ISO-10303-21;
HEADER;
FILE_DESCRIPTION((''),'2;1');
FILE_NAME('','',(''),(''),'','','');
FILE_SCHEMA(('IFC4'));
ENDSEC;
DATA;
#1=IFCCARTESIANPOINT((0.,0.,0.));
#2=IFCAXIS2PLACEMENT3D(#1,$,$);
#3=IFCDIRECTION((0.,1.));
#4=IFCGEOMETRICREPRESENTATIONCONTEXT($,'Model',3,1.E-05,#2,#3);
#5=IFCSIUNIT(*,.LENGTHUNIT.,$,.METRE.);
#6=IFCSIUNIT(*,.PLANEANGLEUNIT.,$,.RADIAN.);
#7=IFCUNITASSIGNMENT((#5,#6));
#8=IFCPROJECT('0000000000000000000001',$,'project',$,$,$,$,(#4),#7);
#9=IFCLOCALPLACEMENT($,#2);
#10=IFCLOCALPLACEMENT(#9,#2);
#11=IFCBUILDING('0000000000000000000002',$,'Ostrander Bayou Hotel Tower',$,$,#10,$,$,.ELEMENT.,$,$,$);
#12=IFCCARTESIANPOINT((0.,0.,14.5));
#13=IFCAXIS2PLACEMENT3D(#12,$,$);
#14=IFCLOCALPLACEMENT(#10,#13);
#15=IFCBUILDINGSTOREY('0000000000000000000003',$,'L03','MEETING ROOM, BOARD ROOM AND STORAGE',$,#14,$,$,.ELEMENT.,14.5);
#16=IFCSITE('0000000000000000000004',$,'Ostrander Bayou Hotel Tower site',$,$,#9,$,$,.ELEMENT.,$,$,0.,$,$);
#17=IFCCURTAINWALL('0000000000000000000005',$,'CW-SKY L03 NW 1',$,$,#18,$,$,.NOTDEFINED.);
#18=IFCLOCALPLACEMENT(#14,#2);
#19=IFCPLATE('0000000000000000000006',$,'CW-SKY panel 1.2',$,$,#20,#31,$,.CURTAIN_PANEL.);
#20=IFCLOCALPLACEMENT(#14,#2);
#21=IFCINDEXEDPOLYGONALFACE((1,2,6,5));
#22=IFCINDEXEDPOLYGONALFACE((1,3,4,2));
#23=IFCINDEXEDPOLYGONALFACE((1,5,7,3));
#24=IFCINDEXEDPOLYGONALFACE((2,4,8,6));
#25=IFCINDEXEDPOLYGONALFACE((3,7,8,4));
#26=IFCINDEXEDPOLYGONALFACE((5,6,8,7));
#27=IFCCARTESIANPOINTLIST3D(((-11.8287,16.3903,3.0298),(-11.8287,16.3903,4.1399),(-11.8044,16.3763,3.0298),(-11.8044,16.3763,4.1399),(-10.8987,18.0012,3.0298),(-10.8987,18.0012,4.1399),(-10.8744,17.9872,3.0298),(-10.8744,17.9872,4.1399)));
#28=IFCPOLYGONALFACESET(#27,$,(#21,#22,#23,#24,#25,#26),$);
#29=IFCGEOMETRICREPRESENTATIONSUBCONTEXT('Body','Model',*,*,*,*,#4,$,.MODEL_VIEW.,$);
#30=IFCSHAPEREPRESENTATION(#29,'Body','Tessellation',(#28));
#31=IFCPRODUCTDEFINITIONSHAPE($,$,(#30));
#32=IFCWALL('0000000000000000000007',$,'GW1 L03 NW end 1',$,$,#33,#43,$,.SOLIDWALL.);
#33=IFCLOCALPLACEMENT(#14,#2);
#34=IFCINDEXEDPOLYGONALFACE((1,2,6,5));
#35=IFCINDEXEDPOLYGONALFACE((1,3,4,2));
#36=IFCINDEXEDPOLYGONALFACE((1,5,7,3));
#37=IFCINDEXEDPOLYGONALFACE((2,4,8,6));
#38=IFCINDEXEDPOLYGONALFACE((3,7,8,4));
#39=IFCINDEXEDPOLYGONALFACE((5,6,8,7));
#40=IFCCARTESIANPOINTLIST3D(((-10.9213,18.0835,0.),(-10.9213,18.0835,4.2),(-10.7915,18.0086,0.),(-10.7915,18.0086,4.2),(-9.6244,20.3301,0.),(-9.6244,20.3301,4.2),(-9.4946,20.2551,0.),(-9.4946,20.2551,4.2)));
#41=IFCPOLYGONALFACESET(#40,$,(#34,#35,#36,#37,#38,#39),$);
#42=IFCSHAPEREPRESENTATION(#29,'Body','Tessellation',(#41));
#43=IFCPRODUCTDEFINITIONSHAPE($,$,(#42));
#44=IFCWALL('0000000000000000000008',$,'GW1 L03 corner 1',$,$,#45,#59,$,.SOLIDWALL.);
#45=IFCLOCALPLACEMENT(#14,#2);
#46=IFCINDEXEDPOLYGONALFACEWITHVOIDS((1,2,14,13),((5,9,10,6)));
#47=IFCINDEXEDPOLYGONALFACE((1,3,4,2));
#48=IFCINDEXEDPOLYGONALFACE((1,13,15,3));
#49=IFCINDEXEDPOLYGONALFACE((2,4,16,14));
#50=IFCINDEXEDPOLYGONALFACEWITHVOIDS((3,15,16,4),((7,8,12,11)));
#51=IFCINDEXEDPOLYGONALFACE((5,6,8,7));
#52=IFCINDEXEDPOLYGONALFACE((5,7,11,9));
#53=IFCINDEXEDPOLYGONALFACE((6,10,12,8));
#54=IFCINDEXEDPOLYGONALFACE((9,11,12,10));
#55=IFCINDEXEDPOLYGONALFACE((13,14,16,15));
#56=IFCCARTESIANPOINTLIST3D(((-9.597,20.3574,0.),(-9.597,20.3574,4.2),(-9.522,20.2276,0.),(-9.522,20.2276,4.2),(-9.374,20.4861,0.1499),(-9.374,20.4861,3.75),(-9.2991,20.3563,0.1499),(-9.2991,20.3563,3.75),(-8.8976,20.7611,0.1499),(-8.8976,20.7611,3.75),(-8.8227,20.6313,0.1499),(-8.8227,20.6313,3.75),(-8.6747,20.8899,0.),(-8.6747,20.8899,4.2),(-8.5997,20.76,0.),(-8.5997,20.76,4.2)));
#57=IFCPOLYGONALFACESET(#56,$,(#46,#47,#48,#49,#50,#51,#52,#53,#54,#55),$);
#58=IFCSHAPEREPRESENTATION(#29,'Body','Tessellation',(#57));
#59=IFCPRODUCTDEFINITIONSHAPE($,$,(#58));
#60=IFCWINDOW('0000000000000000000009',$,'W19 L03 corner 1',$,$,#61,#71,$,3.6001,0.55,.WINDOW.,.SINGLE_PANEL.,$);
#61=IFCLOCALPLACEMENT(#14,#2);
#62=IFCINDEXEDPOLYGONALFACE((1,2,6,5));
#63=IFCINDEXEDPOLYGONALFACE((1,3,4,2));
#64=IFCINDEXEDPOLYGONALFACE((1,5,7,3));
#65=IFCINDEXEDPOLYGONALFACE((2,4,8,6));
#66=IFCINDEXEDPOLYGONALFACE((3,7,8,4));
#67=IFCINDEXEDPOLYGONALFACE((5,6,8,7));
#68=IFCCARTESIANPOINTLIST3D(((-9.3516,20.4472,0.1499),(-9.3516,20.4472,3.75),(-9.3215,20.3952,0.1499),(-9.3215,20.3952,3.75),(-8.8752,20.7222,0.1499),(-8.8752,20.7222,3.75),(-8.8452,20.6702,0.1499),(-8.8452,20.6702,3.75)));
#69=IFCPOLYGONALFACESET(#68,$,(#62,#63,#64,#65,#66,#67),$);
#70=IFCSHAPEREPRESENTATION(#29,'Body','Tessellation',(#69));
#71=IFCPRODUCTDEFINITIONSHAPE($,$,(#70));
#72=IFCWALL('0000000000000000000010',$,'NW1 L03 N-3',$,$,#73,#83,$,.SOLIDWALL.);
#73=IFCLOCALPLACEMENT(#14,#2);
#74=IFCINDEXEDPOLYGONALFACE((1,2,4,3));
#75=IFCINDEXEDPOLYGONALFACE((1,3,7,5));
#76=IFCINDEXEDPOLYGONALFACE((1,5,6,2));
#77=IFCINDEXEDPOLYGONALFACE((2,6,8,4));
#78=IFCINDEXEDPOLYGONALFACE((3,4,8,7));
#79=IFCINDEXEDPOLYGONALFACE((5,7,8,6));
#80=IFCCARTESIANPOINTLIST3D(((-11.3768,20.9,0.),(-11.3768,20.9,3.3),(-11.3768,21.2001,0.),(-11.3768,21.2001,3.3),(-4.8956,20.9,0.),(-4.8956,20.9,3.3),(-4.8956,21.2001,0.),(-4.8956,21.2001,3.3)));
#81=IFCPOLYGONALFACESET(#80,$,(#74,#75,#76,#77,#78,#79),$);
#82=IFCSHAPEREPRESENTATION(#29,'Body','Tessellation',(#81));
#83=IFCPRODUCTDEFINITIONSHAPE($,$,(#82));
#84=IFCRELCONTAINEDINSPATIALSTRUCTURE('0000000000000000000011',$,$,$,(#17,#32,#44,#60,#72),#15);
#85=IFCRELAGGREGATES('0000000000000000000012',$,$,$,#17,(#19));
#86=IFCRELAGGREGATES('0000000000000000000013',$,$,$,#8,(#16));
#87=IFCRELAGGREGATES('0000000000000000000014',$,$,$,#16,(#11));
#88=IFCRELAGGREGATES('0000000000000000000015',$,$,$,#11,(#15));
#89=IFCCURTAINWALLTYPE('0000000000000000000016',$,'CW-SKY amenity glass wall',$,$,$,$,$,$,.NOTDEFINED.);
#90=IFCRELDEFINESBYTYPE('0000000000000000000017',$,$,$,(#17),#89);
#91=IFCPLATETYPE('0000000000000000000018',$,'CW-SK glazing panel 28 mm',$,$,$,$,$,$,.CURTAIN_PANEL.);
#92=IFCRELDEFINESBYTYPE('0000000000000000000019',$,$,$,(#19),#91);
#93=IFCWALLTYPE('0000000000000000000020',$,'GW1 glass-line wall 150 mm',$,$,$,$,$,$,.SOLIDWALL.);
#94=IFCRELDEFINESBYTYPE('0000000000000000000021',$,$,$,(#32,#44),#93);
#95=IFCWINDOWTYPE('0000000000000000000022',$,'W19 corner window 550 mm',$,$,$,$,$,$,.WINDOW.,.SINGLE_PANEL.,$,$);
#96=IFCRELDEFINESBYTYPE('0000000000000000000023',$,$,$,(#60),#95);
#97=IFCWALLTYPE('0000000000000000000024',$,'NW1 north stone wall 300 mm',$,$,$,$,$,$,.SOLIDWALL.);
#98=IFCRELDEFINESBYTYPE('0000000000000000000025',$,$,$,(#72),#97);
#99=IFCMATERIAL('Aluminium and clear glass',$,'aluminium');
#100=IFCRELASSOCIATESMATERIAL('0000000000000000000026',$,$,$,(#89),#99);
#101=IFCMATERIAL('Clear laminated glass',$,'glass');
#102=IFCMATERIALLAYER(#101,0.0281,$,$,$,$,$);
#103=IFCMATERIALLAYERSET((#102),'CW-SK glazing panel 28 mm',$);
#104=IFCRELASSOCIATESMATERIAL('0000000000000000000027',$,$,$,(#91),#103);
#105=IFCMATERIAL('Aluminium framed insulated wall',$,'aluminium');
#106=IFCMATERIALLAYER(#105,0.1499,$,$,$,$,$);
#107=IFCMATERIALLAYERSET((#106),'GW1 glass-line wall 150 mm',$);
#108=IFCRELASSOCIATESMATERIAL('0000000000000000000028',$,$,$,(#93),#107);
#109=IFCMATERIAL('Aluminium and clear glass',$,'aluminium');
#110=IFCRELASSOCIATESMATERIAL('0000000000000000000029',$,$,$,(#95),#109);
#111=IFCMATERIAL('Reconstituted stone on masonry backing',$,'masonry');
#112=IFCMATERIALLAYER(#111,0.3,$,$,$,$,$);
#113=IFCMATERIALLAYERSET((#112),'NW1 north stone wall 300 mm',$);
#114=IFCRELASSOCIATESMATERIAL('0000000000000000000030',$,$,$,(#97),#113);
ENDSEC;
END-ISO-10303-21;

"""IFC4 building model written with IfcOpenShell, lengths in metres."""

from ifc_helpers import new_model, si_unit, direction, frame, frame_2d, origin, origin_2d, place, context, subcontext, project, spatial, rectangle, extrude, material, layer, layer_set, type_object, element, fill, aggregate, save


model = new_model("IFC4")

# Units and contexts
model_context = context("Model", 3, precision=1e-05, world=origin(), true_north=direction((0.0, 1.0)))
body_context = subcontext(model_context, "Body", "Model", "MODEL_VIEW")
ifc_project = project(units=[si_unit("LENGTHUNIT", "METRE"), si_unit("PLANEANGLEUNIT", "RADIAN")], contexts=[model_context])

# Site, building, storey
site_placement = place(None, origin())
site = spatial("IfcSite", under=ifc_project, at=site_placement, Name="Ostrander Bayou Hotel Tower site", CompositionType="ELEMENT", RefElevation=0.0)
building_placement = place(site_placement, origin())
building = spatial("IfcBuilding", under=site, at=building_placement, Name="Ostrander Bayou Hotel Tower", CompositionType="ELEMENT")
storey_placement = place(building_placement, frame((0.0, 0.0, 14.5)))
storey = spatial("IfcBuildingStorey", under=building, at=storey_placement, Name="L03", Description="MEETING ROOM, BOARD ROOM AND STORAGE", CompositionType="ELEMENT", Elevation=14.5)

# Curtain wall
ifc_material_1 = material(Name="Aluminium and clear glass", Category="aluminium")
curtain_wall_type = type_object("IfcCurtainWallType", Name="CW-SKY amenity glass wall", PredefinedType="NOTDEFINED", material=ifc_material_1)
curtain_wall_placement = place(storey_placement, origin())
curtain_wall = element("IfcCurtainWall", 1, at=curtain_wall_placement, inside=storey, type_object=curtain_wall_type, Name="CW-SKY L03 NW 1", PredefinedType="NOTDEFINED")

# Plate
ifc_material_2 = material(Name="Clear laminated glass", Category="glass")
ifc_layer_1 = layer(ifc_material_2, 0.0281)
ifc_layer_set_1 = layer_set([ifc_layer_1], Name="CW-SK glazing panel 28 mm")
plate_type = type_object("IfcPlateType", Name="CW-SK glazing panel 28 mm", PredefinedType="CURTAIN_PANEL", material=ifc_layer_set_1)
plate_1_placement = place(storey_placement, frame((-11.3516, 17.1887, 3.0298), z_axis=(0.0, 0.0, 1.0), x_axis=(-0.5, -0.866025, 0.0)))
plate_1 = element("IfcPlate", 2, at=plate_1_placement, type_object=plate_type, Name="CW-SKY panel 1.2", PredefinedType="CURTAIN_PANEL", context=body_context, shape_type="SweptSolid", body=[
    extrude(rectangle(XDim=1.8601, YDim=0.0281, at=origin_2d()), origin(), (0.0, 0.0, 1.0), 1.1101),
])
aggregate(curtain_wall, [plate_1])

# Wall
ifc_material_3 = material(Name="Aluminium framed insulated wall", Category="aluminium")
ifc_layer_2 = layer(ifc_material_3, 0.1499)
ifc_layer_set_2 = layer_set([ifc_layer_2], Name="GW1 glass-line wall 150 mm")
wall_type_1 = type_object("IfcWallType", Name="GW1 glass-line wall 150 mm", PredefinedType="SOLIDWALL", material=ifc_layer_set_2)
wall_1_placement = place(storey_placement, frame((-9.5596, 20.2925, 0.0), z_axis=(0.0, 0.0, 1.0), x_axis=(-0.499945, -0.866057, 0.0)))
element("IfcWall", 3, at=wall_1_placement, inside=storey, type_object=wall_type_1, Name="GW1 L03 NW end 1", PredefinedType="SOLIDWALL", context=body_context, shape_type="SweptSolid", body=[
    extrude(rectangle(XDim=2.594, YDim=0.1499, at=frame_2d((1.2969, 0.0))), origin(), (0.0, 0.0, 1.0), 4.2),
])

# Wall, opening, window
wall_2_placement = place(storey_placement, frame((-8.6372, 20.825, 0.0), z_axis=(0.0, 0.0, 1.0), x_axis=(-0.866048, -0.499961, 0.0)))
wall_2 = element("IfcWall", 4, at=wall_2_placement, inside=storey, type_object=wall_type_1, Name="GW1 L03 corner 1", PredefinedType="SOLIDWALL", context=body_context, shape_type="SweptSolid", body=[
    extrude(rectangle(XDim=1.0649, YDim=0.1499, at=frame_2d((0.5325, 0.0))), origin(), (0.0, 0.0, 1.0), 4.2),
])
opening_placement = place(wall_2_placement, frame((0.2576, 0.0, 0.1499)))
opening = element("IfcOpeningElement", 5, at=opening_placement, cuts=wall_2, PredefinedType="OPENING", context=body_context, shape_type="SweptSolid", body=[
    extrude(rectangle(XDim=0.55, YDim=3.6001, at=frame_2d((0.2749, 1.8))), frame((0.0, 0.075, 0.0), z_axis=(0.0, -1.0, 0.0), x_axis=(1.0, 0.0, 0.0)), (0.0, 0.0, 1.0), 0.1499),
])
ifc_material_4 = material(Name="Aluminium and clear glass", Category="aluminium")
window_type = type_object("IfcWindowType", Name="W19 corner window 550 mm", PartitioningType="SINGLE_PANEL", PredefinedType="WINDOW", material=ifc_material_4)
window_placement = place(opening_placement, origin())
window = element("IfcWindow", 6, at=window_placement, inside=storey, type_object=window_type, Name="W19 L03 corner 1", OverallHeight=3.6001, OverallWidth=0.55, PartitioningType="SINGLE_PANEL", PredefinedType="WINDOW", context=body_context, shape_type="SweptSolid", body=[
    extrude(rectangle(XDim=0.55, YDim=3.6001, at=frame_2d((0.2749, 1.8))), frame((0.0, 0.03, 0.0), z_axis=(0.0, -1.0, 0.0), x_axis=(1.0, 0.0, 0.0)), (0.0, 0.0, 1.0), 0.0601),
])
fill(opening, window)

# Wall
ifc_material_5 = material(Name="Reconstituted stone on masonry backing", Category="masonry")
ifc_layer_3 = layer(ifc_material_5, 0.3)
ifc_layer_set_3 = layer_set([ifc_layer_3], Name="NW1 north stone wall 300 mm")
wall_type_2 = type_object("IfcWallType", Name="NW1 north stone wall 300 mm", PredefinedType="SOLIDWALL", material=ifc_layer_set_3)
wall_3_placement = place(storey_placement, frame((-4.8955, 21.05, 0.0), z_axis=(0.0, 0.0, 1.0), x_axis=(-1.0, 0.0, 0.0)))
element("IfcWall", 7, at=wall_3_placement, inside=storey, type_object=wall_type_2, Name="NW1 L03 N-3", PredefinedType="SOLIDWALL", context=body_context, shape_type="SweptSolid", body=[
    extrude(rectangle(XDim=6.4812, YDim=0.3, at=frame_2d((3.2407, 0.0))), origin(), (0.0, 0.0, 1.0), 3.3),
])

save(model, "model.ifc")
